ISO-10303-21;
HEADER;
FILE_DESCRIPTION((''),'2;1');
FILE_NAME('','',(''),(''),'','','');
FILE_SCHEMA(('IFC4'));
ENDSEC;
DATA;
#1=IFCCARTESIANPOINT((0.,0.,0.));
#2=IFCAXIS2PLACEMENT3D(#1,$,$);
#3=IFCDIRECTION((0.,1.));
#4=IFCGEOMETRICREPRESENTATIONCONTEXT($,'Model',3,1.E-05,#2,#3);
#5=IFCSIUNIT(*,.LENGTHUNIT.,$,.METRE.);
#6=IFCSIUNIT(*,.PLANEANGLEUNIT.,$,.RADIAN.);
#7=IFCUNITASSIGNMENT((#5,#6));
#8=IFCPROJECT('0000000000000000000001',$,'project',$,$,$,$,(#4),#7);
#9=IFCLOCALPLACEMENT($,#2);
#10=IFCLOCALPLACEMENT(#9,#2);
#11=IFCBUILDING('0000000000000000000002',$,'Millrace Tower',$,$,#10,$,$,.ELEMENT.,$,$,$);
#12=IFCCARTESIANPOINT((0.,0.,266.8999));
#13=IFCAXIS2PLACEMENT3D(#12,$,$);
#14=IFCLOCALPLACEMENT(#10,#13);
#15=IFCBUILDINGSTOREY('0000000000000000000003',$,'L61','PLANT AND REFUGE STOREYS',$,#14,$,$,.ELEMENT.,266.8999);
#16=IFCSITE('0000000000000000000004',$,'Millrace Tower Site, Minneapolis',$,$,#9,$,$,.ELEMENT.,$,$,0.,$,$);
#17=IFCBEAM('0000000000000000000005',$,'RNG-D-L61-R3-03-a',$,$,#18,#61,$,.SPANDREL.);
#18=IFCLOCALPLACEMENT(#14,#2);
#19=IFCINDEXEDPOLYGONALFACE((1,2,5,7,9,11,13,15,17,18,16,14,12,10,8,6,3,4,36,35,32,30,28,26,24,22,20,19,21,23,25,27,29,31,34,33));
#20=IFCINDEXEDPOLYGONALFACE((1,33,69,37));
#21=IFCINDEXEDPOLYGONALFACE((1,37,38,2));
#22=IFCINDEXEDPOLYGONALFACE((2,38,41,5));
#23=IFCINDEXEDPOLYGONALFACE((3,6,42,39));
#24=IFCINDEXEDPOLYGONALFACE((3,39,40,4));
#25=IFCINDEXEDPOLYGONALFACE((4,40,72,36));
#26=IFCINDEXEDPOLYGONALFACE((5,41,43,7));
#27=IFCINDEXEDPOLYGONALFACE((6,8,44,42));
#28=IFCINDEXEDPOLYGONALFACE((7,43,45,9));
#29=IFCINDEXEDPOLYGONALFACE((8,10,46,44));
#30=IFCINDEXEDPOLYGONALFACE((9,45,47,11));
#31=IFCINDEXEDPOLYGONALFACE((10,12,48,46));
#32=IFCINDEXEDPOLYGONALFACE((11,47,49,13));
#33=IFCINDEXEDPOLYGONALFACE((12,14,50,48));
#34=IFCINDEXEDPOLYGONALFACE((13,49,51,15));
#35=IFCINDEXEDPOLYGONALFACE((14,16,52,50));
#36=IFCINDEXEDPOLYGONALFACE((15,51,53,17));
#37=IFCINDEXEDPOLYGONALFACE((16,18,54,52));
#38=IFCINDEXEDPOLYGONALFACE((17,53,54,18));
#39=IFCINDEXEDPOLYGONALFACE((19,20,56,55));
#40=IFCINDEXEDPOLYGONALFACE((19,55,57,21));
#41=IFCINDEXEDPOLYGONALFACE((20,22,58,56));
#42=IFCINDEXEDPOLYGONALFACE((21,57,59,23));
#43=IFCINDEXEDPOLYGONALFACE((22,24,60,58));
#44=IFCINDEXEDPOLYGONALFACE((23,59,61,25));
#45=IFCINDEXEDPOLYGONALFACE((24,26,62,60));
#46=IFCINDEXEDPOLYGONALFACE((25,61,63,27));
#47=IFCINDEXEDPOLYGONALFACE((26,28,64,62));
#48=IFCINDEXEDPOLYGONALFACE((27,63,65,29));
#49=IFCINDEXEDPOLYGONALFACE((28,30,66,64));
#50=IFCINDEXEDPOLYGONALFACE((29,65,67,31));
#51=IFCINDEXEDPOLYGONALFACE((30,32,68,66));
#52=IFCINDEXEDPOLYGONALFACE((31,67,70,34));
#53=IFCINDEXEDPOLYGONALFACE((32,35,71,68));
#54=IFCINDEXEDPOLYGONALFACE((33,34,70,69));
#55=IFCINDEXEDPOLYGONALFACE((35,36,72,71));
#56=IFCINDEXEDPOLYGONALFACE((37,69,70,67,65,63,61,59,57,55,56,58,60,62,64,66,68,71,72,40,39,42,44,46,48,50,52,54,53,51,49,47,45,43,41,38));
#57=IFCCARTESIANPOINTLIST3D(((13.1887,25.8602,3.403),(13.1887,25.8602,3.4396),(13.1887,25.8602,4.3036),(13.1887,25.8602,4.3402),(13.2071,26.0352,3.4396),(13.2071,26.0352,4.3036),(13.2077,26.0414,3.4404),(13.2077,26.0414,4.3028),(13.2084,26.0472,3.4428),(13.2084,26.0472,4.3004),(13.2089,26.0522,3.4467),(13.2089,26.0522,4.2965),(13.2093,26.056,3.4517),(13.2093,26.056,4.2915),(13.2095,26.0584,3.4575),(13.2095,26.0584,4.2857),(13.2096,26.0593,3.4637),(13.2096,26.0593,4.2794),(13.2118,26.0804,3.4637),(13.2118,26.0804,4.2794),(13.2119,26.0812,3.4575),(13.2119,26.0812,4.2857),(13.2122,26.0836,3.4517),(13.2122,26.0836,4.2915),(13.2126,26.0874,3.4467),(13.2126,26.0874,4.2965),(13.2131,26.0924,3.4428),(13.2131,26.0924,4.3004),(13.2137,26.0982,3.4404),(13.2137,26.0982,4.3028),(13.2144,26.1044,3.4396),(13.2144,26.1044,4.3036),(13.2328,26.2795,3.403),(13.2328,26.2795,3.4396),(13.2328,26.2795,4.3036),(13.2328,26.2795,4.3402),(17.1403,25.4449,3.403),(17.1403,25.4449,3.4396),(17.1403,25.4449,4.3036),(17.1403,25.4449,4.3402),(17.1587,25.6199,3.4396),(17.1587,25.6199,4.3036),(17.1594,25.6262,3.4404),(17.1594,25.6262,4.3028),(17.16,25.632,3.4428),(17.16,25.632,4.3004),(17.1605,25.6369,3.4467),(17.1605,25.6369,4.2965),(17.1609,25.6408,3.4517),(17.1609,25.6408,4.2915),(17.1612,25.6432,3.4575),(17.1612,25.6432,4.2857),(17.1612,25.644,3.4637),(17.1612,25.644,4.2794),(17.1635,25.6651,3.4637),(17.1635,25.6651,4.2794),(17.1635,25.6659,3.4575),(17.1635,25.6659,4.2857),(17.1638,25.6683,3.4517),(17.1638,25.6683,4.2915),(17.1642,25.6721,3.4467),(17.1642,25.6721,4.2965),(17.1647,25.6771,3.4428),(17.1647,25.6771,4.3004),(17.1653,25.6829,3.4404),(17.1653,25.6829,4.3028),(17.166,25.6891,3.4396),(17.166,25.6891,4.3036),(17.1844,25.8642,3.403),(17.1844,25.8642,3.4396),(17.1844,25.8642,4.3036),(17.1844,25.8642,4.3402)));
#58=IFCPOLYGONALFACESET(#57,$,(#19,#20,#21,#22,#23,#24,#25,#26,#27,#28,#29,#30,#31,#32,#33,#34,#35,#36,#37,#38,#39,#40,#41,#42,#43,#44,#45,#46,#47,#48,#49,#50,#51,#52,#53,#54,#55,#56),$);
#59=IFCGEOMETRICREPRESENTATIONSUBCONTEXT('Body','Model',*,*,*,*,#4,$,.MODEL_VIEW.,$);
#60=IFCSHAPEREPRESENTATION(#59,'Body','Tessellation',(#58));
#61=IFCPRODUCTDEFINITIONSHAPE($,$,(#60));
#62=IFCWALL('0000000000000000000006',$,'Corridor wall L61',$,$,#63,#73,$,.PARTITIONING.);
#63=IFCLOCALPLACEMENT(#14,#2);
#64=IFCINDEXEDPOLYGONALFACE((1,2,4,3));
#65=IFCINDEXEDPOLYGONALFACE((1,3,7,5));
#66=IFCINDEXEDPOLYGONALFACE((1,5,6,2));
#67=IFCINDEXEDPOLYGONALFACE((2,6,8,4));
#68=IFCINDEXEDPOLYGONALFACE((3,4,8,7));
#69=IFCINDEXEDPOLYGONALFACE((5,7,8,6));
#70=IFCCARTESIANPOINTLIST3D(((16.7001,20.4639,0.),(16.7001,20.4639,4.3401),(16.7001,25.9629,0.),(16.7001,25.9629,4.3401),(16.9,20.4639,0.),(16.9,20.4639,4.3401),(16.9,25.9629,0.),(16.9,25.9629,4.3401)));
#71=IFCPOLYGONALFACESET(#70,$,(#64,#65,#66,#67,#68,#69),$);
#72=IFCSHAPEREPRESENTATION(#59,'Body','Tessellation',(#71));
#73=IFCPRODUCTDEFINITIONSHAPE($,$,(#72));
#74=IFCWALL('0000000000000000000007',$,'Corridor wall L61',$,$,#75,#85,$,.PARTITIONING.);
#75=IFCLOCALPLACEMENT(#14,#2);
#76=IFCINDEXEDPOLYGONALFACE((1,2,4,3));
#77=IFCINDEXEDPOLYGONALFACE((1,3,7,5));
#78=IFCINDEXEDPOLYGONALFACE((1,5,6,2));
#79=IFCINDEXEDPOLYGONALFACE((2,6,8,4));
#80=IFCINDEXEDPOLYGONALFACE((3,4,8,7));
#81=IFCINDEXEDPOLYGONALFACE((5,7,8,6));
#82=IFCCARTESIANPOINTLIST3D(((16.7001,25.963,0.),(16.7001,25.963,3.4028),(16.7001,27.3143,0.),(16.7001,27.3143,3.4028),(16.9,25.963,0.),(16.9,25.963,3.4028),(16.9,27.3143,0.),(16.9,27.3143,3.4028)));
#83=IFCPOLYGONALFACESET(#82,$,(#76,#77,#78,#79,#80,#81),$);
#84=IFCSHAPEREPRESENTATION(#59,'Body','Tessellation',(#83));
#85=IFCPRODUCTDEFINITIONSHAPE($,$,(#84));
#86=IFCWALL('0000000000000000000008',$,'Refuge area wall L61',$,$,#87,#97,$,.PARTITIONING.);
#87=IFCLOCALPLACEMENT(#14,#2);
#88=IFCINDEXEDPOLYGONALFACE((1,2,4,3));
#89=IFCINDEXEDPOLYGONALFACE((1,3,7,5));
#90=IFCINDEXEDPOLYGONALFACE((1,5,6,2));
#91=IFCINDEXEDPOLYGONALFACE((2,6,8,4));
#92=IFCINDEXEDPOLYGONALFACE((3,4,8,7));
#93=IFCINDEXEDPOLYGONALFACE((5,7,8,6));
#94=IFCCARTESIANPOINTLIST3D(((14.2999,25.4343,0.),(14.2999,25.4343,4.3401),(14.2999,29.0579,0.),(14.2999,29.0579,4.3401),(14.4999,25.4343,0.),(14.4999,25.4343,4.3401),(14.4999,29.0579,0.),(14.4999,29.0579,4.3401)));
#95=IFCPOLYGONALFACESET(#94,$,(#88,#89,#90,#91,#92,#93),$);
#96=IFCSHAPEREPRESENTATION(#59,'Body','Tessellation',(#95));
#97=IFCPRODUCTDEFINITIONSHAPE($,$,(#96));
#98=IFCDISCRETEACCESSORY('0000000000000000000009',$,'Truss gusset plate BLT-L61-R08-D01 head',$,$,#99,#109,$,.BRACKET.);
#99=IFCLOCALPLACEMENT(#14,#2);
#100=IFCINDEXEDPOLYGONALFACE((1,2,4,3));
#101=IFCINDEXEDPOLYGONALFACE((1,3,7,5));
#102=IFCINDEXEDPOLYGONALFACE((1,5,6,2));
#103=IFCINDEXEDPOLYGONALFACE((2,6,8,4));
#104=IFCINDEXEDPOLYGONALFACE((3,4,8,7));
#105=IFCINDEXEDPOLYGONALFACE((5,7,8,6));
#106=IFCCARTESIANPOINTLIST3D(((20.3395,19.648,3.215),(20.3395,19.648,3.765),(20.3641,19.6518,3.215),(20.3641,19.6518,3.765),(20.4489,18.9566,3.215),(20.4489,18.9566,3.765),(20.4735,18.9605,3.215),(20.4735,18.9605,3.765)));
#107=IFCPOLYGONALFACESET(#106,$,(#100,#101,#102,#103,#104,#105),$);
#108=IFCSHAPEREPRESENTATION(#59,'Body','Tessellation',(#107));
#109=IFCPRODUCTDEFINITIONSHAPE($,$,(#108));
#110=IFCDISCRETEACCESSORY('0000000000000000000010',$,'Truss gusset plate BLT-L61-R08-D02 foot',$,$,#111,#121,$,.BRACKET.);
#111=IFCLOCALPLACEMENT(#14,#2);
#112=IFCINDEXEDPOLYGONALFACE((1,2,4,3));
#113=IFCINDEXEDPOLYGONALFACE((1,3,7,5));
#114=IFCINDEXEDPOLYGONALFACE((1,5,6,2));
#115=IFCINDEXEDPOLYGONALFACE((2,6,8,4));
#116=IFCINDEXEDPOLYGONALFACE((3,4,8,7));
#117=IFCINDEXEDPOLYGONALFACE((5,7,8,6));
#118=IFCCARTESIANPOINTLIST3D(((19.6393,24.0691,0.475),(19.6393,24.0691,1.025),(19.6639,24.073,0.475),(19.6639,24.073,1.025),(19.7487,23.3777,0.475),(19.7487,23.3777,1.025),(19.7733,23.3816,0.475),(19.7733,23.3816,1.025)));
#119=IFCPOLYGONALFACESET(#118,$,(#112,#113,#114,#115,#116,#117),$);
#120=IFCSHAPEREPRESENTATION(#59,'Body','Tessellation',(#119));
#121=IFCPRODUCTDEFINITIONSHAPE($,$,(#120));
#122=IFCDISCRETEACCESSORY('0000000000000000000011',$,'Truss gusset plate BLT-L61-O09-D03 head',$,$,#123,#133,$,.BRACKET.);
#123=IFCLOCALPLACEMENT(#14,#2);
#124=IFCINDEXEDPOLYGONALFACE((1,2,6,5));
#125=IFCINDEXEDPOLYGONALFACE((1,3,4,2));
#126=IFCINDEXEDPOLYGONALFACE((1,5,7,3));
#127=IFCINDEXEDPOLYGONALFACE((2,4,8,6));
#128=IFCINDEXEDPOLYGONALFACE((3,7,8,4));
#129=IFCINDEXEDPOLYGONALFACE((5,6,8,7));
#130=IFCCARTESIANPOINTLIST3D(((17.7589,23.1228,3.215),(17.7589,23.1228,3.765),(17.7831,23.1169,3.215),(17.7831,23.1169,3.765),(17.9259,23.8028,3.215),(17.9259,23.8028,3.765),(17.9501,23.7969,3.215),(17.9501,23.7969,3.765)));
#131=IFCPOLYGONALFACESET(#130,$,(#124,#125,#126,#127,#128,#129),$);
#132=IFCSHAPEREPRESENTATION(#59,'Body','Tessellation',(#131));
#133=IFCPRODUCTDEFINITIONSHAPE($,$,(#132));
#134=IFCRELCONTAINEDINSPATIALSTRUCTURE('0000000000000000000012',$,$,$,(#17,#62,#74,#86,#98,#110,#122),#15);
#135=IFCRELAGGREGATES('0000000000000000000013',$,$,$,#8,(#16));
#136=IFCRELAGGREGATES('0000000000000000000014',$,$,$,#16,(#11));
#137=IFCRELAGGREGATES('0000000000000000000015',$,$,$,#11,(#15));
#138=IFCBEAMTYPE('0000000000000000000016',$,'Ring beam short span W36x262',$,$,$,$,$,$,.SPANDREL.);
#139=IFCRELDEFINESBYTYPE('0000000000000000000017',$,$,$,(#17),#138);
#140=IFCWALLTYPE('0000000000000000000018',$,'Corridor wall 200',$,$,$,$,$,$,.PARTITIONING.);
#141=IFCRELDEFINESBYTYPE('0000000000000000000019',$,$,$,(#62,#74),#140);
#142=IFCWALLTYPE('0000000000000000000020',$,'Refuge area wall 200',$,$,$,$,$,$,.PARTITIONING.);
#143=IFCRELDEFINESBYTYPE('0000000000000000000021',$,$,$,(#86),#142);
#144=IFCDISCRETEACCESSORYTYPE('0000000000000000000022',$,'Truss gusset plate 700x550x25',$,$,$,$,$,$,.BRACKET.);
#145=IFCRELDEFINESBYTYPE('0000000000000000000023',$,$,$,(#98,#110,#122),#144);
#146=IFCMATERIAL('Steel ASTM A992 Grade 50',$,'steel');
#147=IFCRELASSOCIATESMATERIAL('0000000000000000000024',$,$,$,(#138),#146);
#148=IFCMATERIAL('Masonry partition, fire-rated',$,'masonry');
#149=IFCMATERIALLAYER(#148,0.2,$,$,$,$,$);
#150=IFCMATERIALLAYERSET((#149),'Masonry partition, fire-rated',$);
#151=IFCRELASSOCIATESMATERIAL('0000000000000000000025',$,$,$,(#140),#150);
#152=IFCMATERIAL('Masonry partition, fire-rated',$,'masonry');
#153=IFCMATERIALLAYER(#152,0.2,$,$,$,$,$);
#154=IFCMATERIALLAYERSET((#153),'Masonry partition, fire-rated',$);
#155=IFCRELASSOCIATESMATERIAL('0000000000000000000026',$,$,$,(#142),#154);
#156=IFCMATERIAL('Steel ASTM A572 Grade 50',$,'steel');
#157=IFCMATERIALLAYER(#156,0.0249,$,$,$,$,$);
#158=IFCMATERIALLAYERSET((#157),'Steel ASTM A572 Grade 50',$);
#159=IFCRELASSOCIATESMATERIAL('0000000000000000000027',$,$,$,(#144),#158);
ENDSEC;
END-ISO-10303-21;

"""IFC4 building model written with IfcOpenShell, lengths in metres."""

from ifc_helpers import new_model, si_unit, direction, frame, frame_2d, origin, origin_2d, place, context, subcontext, project, spatial, rectangle, i_section, extrude, material, layer, layer_set, material_profile, profile_set, type_object, element, save


model = new_model("IFC4")

# Units and contexts
model_context = context("Model", 3, precision=1e-05, world=origin(), true_north=direction((0.0, 1.0)))
body_context = subcontext(model_context, "Body", "Model", "MODEL_VIEW")
ifc_project = project(units=[si_unit("LENGTHUNIT", "METRE"), si_unit("PLANEANGLEUNIT", "RADIAN")], contexts=[model_context])

# Site, building, storey
site_placement = place(None, origin())
site = spatial("IfcSite", under=ifc_project, at=site_placement, Name="Millrace Tower Site, Minneapolis", CompositionType="ELEMENT", RefElevation=0.0)
building_placement = place(site_placement, origin())
building = spatial("IfcBuilding", under=site, at=building_placement, Name="Millrace Tower", CompositionType="ELEMENT")
storey_placement = place(building_placement, frame((0.0, 0.0, 266.8999)))
storey = spatial("IfcBuildingStorey", under=building, at=storey_placement, Name="L61", Description="PLANT AND REFUGE STOREYS", CompositionType="ELEMENT", Elevation=266.8999)

# Beam
ifc_material_1 = material(Name="Steel ASTM A992 Grade 50", Category="steel")
ifc_material_profile_1 = material_profile(ifc_material_1, i_section(OverallWidth=0.4216, OverallDepth=0.9373, WebThickness=0.0212, FlangeThickness=0.0366, FilletRadius=0.0242, at=origin_2d()))
ifc_profile_set_1 = profile_set([ifc_material_profile_1], Name="Steel ASTM A992 Grade 50")
beam_type_1 = type_object("IfcBeamType", Name="Ring beam short span W36x262", PredefinedType="SPANDREL", material=ifc_profile_set_1)
beam_1_placement = place(storey_placement, frame((17.1624, 25.6545, 3.8716), z_axis=(-0.994523, 0.104515, 0.0), x_axis=(-0.104515, -0.994523, 0.0)))
element("IfcBeam", 1, at=beam_1_placement, inside=storey, type_object=beam_type_1, Name="RNG-D-L61-R3-03-a", PredefinedType="SPANDREL", context=body_context, shape_type="SweptSolid", body=[
    extrude(i_section(OverallWidth=0.4216, OverallDepth=0.9373, WebThickness=0.0212, FlangeThickness=0.0366, FilletRadius=0.0242, at=origin_2d()), origin(), (0.0, 0.0, 1.0), 3.9734),
])

# Walls
ifc_material_2 = material(Name="Masonry partition, fire-rated", Category="masonry")
ifc_layer_1 = layer(ifc_material_2, 0.2)
ifc_layer_set_1 = layer_set([ifc_layer_1], Name="Masonry partition, fire-rated")
wall_type_1 = type_object("IfcWallType", Name="Corridor wall 200", PredefinedType="PARTITIONING", material=ifc_layer_set_1)
wall_1_placement = place(storey_placement, frame((16.8, 20.4639, 0.0), z_axis=(0.0, 0.0, 1.0), x_axis=(0.0, 1.0, 0.0)))
element("IfcWall", 2, at=wall_1_placement, inside=storey, type_object=wall_type_1, Name="Corridor wall L61", PredefinedType="PARTITIONING", context=body_context, shape_type="SweptSolid", body=[
    extrude(rectangle(XDim=5.499, YDim=0.2, at=frame_2d((2.7495, 0.0))), origin(), (0.0, 0.0, 1.0), 4.3401),
])
wall_2_placement = place(storey_placement, frame((16.8, 25.9629, 0.0), z_axis=(0.0, 0.0, 1.0), x_axis=(0.0, 1.0, 0.0)))
element("IfcWall", 3, at=wall_2_placement, inside=storey, type_object=wall_type_1, Name="Corridor wall L61", PredefinedType="PARTITIONING", context=body_context, shape_type="SweptSolid", body=[
    extrude(rectangle(XDim=1.3513, YDim=0.2, at=frame_2d((0.6758, 0.0))), origin(), (0.0, 0.0, 1.0), 3.4028),
])
ifc_material_3 = material(Name="Masonry partition, fire-rated", Category="masonry")
ifc_layer_2 = layer(ifc_material_3, 0.2)
ifc_layer_set_2 = layer_set([ifc_layer_2], Name="Masonry partition, fire-rated")
wall_type_2 = type_object("IfcWallType", Name="Refuge area wall 200", PredefinedType="PARTITIONING", material=ifc_layer_set_2)
wall_3_placement = place(storey_placement, frame((14.3999, 25.4343, 0.0), z_axis=(0.0, 0.0, 1.0), x_axis=(0.0, 1.0, 0.0)))
element("IfcWall", 4, at=wall_3_placement, inside=storey, type_object=wall_type_2, Name="Refuge area wall L61", PredefinedType="PARTITIONING", context=body_context, shape_type="SweptSolid", body=[
    extrude(rectangle(XDim=3.6235, YDim=0.2, at=frame_2d((1.8118, 0.0))), origin(), (0.0, 0.0, 1.0), 4.3401),
])

# Discrete accessories
ifc_material_4 = material(Name="Steel ASTM A572 Grade 50", Category="steel")
ifc_layer_3 = layer(ifc_material_4, 0.0249)
ifc_layer_set_3 = layer_set([ifc_layer_3], Name="Steel ASTM A572 Grade 50")
discrete_accessory_type = type_object("IfcDiscreteAccessoryType", Name="Truss gusset plate 700x550x25", PredefinedType="BRACKET", material=ifc_layer_set_3)
for number, where, z_axis, x_axis, name in (
    (5, (20.3518, 19.6499, 3.49), (0.156249, -0.987718, 0.0), (0.987718, 0.156249, 0.0), "Truss gusset plate BLT-L61-R08-D01 head"),
    (6, (19.6516, 24.071, 0.75), (0.156249, -0.987718, 0.0), (0.987718, 0.156249, 0.0), "Truss gusset plate BLT-L61-R08-D02 foot"),
):
    element("IfcDiscreteAccessory", number, at=place(storey_placement, frame(where, z_axis=z_axis, x_axis=x_axis)), inside=storey, type_object=discrete_accessory_type, Name=name, PredefinedType="BRACKET", context=body_context, shape_type="SweptSolid", body=[
        extrude(rectangle(XDim=0.0249, YDim=0.55, at=origin_2d()), origin(), (0.0, 0.0, 1.0), 0.7),
    ])
discrete_accessory_placement = place(storey_placement, frame((17.771, 23.1199, 3.49), z_axis=(0.238513, 0.971139, 0.0), x_axis=(-0.971139, 0.238513, 0.0)))
element("IfcDiscreteAccessory", 7, at=discrete_accessory_placement, inside=storey, type_object=discrete_accessory_type, Name="Truss gusset plate BLT-L61-O09-D03 head", PredefinedType="BRACKET", context=body_context, shape_type="SweptSolid", body=[
    extrude(rectangle(XDim=0.0249, YDim=0.55, at=origin_2d()), origin(), (0.0, 0.0, 1.0), 0.7002),
])

save(model, "model.ifc")
